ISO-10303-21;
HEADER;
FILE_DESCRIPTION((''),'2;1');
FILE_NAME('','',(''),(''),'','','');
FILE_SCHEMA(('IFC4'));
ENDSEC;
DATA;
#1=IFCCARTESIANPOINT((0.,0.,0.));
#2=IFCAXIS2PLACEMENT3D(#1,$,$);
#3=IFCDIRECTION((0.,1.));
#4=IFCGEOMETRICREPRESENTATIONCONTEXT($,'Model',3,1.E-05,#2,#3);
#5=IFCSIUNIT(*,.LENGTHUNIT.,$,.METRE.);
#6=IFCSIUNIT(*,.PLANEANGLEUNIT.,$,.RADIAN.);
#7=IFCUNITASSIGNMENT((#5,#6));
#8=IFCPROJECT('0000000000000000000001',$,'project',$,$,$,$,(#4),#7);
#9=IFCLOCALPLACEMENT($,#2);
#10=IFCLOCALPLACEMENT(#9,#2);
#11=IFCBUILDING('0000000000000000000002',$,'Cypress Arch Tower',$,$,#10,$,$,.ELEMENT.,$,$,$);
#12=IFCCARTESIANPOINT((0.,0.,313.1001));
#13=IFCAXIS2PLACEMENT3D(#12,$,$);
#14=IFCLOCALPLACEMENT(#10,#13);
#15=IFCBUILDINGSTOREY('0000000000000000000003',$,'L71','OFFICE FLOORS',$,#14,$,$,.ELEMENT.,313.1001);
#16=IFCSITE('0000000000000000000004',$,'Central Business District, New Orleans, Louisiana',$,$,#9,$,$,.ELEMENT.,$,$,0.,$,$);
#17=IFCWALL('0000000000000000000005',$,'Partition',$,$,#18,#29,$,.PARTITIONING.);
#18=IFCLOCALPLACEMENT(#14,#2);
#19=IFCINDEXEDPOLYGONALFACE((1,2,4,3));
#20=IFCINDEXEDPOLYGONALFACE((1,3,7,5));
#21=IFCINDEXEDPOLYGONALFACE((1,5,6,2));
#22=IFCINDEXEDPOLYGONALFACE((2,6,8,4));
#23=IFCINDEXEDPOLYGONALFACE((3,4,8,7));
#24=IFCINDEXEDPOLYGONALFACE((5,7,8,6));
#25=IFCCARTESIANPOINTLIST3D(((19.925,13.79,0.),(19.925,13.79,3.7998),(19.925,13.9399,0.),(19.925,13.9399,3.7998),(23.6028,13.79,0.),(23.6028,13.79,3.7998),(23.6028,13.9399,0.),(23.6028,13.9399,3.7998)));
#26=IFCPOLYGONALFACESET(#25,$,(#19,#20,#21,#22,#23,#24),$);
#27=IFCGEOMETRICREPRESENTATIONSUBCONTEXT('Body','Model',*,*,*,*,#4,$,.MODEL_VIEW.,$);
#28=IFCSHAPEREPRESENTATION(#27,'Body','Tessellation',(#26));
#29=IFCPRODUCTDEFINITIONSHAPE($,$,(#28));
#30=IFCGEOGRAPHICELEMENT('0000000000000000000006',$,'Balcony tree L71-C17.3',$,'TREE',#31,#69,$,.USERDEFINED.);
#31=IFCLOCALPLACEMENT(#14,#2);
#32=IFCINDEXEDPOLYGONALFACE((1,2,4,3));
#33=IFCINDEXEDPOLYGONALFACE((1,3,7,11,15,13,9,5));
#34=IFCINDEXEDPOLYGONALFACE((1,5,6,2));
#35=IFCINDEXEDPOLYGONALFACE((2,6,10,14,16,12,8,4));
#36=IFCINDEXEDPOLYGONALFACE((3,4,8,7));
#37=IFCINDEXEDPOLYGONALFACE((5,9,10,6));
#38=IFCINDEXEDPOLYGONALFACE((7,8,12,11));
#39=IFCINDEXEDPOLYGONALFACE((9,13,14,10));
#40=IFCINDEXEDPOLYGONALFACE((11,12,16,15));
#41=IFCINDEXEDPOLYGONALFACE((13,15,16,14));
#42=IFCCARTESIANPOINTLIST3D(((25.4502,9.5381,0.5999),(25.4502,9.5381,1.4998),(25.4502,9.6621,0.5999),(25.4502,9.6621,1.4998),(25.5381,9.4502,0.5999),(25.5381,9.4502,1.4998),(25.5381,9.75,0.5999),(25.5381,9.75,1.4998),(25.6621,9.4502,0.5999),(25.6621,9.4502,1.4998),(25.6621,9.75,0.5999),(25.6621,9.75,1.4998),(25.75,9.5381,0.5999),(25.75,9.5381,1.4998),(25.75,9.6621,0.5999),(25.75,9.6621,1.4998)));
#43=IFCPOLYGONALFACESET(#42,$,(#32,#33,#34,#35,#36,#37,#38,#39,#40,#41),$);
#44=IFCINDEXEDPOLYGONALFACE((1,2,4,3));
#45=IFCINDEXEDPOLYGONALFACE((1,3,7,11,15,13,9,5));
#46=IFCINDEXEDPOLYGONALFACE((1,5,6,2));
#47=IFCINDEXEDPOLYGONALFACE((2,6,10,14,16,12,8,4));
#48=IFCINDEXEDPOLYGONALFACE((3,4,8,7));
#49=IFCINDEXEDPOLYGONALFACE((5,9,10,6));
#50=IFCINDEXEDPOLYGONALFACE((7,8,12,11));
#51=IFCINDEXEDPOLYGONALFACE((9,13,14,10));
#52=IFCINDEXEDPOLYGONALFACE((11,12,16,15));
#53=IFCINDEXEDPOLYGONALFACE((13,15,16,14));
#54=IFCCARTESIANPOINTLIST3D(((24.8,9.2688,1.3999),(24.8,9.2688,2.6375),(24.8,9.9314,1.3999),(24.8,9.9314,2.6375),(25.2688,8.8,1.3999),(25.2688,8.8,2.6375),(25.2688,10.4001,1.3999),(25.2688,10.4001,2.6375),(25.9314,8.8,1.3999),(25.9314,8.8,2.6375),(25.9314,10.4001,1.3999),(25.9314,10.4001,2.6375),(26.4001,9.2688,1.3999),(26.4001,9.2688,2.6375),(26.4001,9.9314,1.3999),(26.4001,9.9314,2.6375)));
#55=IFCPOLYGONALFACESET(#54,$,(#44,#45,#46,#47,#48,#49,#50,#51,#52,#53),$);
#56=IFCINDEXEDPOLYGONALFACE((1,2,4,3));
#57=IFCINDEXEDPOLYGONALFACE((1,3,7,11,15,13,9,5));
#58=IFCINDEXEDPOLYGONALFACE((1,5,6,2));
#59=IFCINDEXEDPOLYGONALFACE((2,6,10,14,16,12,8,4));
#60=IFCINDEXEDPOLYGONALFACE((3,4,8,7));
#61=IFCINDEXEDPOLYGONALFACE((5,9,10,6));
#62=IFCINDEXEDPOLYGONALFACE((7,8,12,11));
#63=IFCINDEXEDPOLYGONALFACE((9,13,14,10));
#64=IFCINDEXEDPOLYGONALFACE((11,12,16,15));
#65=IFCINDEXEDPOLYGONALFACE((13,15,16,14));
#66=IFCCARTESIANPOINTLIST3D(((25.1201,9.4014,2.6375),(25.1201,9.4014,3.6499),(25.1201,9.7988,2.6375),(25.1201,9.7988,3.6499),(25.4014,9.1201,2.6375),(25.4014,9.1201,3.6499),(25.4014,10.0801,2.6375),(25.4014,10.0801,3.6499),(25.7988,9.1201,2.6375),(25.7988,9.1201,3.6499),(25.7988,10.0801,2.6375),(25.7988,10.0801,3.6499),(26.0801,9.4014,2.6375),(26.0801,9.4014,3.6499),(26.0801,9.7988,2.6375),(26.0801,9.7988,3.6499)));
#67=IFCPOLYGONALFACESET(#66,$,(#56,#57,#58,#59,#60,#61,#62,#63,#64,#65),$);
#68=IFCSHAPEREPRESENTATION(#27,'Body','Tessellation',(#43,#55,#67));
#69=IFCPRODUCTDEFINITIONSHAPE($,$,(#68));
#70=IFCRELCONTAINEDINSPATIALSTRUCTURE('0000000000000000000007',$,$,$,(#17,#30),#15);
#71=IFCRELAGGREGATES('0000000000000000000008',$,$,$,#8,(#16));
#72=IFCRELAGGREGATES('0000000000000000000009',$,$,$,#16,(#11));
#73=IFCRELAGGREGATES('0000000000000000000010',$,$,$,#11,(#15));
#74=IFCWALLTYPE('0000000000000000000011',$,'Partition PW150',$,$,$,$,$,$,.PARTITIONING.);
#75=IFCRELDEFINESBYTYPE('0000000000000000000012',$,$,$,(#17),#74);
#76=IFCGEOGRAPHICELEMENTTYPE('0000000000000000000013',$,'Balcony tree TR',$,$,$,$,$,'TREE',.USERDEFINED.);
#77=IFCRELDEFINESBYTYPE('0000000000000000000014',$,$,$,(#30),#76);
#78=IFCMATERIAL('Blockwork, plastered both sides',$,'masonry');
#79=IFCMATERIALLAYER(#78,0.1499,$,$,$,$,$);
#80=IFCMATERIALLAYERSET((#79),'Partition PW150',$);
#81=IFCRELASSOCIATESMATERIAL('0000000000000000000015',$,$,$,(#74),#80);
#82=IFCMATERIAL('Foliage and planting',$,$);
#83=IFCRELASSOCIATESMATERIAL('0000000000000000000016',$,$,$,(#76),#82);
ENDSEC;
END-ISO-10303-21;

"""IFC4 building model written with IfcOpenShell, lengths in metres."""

from ifc_helpers import new_model, si_unit, direction, frame, frame_2d, origin, place, context, subcontext, project, spatial, polyline, rectangle, outline, extrude, material, layer, layer_set, type_object, element, save


model = new_model("IFC4")

# Units and contexts
model_context = context("Model", 3, precision=1e-05, world=origin(), true_north=direction((0.0, 1.0)))
body_context = subcontext(model_context, "Body", "Model", "MODEL_VIEW")
ifc_project = project(units=[si_unit("LENGTHUNIT", "METRE"), si_unit("PLANEANGLEUNIT", "RADIAN")], contexts=[model_context])

# Site, building, storey
site_placement = place(None, origin())
site = spatial("IfcSite", under=ifc_project, at=site_placement, Name="Central Business District, New Orleans, Louisiana", CompositionType="ELEMENT", RefElevation=0.0)
building_placement = place(site_placement, origin())
building = spatial("IfcBuilding", under=site, at=building_placement, Name="Cypress Arch Tower", CompositionType="ELEMENT")
storey_placement = place(building_placement, frame((0.0, 0.0, 313.1001)))
storey = spatial("IfcBuildingStorey", under=building, at=storey_placement, Name="L71", Description="OFFICE FLOORS", CompositionType="ELEMENT", Elevation=313.1001)

# Shared definitions
ifc_material_1 = material(Name="Blockwork, plastered both sides", Category="masonry")
ifc_layer_1 = layer(ifc_material_1, 0.1499)
ifc_layer_set_1 = layer_set([ifc_layer_1], Name="Partition PW150")
wall_type_1 = type_object("IfcWallType", Name="Partition PW150", PredefinedType="PARTITIONING", material=ifc_layer_set_1)

# Wall
wall_1_placement = place(storey_placement, frame((19.925, 13.865, 0.0), z_axis=(0.0, 0.0, 1.0), x_axis=(1.0, 0.0, 0.0)))
element("IfcWall", 1, at=wall_1_placement, inside=storey, type_object=wall_type_1, Name="Partition", PredefinedType="PARTITIONING", context=body_context, shape_type="SweptSolid", body=[
    extrude(rectangle(XDim=3.6777, YDim=0.1499, at=frame_2d((1.8389, 0.0))), origin(), (0.0, 0.0, 1.0), 3.7998),
])

# Geographic element
ifc_material_2 = material(Name="Foliage and planting")
geographic_element_type = type_object("IfcGeographicElementType", Name="Balcony tree TR", ElementType="TREE", PredefinedType="USERDEFINED", material=ifc_material_2)
geographic_element_placement = place(storey_placement, frame((25.6001, 9.6001, 0.5999), z_axis=(0.0, 0.0, 1.0), x_axis=(1.0, 0.0, 0.0)))
element("IfcGeographicElement", 2, at=geographic_element_placement, inside=storey, type_object=geographic_element_type, Name="Balcony tree L71-C17.3", ObjectType="TREE", PredefinedType="USERDEFINED", context=body_context, shape_type="SweptSolid", body=[
    extrude(outline(polyline([(0.1499, 0.062), (0.062, 0.1499), (-0.062, 0.1499), (-0.1499, 0.062), (-0.1499, -0.062), (-0.062, -0.1499), (0.062, -0.1499), (0.1499, -0.062), (0.1499, 0.062)])), origin(), (0.0, 0.0, 1.0), 0.8999),
    extrude(outline(polyline([(0.8, 0.3313), (0.3313, 0.8), (-0.3313, 0.8), (-0.8, 0.3313), (-0.8, -0.3313), (-0.3313, -0.8), (0.3313, -0.8), (0.8, -0.3313), (0.8, 0.3313)])), frame((0.0, 0.0, 0.8)), (0.0, 0.0, 1.0), 1.2375),
    extrude(outline(polyline([(0.48, 0.1987), (0.1987, 0.48), (-0.1987, 0.48), (-0.48, 0.1987), (-0.48, -0.1987), (-0.1987, -0.48), (0.1987, -0.48), (0.48, -0.1987), (0.48, 0.1987)])), frame((0.0, 0.0, 2.0376)), (0.0, 0.0, 1.0), 1.0125),
])

save(model, "model.ifc")
